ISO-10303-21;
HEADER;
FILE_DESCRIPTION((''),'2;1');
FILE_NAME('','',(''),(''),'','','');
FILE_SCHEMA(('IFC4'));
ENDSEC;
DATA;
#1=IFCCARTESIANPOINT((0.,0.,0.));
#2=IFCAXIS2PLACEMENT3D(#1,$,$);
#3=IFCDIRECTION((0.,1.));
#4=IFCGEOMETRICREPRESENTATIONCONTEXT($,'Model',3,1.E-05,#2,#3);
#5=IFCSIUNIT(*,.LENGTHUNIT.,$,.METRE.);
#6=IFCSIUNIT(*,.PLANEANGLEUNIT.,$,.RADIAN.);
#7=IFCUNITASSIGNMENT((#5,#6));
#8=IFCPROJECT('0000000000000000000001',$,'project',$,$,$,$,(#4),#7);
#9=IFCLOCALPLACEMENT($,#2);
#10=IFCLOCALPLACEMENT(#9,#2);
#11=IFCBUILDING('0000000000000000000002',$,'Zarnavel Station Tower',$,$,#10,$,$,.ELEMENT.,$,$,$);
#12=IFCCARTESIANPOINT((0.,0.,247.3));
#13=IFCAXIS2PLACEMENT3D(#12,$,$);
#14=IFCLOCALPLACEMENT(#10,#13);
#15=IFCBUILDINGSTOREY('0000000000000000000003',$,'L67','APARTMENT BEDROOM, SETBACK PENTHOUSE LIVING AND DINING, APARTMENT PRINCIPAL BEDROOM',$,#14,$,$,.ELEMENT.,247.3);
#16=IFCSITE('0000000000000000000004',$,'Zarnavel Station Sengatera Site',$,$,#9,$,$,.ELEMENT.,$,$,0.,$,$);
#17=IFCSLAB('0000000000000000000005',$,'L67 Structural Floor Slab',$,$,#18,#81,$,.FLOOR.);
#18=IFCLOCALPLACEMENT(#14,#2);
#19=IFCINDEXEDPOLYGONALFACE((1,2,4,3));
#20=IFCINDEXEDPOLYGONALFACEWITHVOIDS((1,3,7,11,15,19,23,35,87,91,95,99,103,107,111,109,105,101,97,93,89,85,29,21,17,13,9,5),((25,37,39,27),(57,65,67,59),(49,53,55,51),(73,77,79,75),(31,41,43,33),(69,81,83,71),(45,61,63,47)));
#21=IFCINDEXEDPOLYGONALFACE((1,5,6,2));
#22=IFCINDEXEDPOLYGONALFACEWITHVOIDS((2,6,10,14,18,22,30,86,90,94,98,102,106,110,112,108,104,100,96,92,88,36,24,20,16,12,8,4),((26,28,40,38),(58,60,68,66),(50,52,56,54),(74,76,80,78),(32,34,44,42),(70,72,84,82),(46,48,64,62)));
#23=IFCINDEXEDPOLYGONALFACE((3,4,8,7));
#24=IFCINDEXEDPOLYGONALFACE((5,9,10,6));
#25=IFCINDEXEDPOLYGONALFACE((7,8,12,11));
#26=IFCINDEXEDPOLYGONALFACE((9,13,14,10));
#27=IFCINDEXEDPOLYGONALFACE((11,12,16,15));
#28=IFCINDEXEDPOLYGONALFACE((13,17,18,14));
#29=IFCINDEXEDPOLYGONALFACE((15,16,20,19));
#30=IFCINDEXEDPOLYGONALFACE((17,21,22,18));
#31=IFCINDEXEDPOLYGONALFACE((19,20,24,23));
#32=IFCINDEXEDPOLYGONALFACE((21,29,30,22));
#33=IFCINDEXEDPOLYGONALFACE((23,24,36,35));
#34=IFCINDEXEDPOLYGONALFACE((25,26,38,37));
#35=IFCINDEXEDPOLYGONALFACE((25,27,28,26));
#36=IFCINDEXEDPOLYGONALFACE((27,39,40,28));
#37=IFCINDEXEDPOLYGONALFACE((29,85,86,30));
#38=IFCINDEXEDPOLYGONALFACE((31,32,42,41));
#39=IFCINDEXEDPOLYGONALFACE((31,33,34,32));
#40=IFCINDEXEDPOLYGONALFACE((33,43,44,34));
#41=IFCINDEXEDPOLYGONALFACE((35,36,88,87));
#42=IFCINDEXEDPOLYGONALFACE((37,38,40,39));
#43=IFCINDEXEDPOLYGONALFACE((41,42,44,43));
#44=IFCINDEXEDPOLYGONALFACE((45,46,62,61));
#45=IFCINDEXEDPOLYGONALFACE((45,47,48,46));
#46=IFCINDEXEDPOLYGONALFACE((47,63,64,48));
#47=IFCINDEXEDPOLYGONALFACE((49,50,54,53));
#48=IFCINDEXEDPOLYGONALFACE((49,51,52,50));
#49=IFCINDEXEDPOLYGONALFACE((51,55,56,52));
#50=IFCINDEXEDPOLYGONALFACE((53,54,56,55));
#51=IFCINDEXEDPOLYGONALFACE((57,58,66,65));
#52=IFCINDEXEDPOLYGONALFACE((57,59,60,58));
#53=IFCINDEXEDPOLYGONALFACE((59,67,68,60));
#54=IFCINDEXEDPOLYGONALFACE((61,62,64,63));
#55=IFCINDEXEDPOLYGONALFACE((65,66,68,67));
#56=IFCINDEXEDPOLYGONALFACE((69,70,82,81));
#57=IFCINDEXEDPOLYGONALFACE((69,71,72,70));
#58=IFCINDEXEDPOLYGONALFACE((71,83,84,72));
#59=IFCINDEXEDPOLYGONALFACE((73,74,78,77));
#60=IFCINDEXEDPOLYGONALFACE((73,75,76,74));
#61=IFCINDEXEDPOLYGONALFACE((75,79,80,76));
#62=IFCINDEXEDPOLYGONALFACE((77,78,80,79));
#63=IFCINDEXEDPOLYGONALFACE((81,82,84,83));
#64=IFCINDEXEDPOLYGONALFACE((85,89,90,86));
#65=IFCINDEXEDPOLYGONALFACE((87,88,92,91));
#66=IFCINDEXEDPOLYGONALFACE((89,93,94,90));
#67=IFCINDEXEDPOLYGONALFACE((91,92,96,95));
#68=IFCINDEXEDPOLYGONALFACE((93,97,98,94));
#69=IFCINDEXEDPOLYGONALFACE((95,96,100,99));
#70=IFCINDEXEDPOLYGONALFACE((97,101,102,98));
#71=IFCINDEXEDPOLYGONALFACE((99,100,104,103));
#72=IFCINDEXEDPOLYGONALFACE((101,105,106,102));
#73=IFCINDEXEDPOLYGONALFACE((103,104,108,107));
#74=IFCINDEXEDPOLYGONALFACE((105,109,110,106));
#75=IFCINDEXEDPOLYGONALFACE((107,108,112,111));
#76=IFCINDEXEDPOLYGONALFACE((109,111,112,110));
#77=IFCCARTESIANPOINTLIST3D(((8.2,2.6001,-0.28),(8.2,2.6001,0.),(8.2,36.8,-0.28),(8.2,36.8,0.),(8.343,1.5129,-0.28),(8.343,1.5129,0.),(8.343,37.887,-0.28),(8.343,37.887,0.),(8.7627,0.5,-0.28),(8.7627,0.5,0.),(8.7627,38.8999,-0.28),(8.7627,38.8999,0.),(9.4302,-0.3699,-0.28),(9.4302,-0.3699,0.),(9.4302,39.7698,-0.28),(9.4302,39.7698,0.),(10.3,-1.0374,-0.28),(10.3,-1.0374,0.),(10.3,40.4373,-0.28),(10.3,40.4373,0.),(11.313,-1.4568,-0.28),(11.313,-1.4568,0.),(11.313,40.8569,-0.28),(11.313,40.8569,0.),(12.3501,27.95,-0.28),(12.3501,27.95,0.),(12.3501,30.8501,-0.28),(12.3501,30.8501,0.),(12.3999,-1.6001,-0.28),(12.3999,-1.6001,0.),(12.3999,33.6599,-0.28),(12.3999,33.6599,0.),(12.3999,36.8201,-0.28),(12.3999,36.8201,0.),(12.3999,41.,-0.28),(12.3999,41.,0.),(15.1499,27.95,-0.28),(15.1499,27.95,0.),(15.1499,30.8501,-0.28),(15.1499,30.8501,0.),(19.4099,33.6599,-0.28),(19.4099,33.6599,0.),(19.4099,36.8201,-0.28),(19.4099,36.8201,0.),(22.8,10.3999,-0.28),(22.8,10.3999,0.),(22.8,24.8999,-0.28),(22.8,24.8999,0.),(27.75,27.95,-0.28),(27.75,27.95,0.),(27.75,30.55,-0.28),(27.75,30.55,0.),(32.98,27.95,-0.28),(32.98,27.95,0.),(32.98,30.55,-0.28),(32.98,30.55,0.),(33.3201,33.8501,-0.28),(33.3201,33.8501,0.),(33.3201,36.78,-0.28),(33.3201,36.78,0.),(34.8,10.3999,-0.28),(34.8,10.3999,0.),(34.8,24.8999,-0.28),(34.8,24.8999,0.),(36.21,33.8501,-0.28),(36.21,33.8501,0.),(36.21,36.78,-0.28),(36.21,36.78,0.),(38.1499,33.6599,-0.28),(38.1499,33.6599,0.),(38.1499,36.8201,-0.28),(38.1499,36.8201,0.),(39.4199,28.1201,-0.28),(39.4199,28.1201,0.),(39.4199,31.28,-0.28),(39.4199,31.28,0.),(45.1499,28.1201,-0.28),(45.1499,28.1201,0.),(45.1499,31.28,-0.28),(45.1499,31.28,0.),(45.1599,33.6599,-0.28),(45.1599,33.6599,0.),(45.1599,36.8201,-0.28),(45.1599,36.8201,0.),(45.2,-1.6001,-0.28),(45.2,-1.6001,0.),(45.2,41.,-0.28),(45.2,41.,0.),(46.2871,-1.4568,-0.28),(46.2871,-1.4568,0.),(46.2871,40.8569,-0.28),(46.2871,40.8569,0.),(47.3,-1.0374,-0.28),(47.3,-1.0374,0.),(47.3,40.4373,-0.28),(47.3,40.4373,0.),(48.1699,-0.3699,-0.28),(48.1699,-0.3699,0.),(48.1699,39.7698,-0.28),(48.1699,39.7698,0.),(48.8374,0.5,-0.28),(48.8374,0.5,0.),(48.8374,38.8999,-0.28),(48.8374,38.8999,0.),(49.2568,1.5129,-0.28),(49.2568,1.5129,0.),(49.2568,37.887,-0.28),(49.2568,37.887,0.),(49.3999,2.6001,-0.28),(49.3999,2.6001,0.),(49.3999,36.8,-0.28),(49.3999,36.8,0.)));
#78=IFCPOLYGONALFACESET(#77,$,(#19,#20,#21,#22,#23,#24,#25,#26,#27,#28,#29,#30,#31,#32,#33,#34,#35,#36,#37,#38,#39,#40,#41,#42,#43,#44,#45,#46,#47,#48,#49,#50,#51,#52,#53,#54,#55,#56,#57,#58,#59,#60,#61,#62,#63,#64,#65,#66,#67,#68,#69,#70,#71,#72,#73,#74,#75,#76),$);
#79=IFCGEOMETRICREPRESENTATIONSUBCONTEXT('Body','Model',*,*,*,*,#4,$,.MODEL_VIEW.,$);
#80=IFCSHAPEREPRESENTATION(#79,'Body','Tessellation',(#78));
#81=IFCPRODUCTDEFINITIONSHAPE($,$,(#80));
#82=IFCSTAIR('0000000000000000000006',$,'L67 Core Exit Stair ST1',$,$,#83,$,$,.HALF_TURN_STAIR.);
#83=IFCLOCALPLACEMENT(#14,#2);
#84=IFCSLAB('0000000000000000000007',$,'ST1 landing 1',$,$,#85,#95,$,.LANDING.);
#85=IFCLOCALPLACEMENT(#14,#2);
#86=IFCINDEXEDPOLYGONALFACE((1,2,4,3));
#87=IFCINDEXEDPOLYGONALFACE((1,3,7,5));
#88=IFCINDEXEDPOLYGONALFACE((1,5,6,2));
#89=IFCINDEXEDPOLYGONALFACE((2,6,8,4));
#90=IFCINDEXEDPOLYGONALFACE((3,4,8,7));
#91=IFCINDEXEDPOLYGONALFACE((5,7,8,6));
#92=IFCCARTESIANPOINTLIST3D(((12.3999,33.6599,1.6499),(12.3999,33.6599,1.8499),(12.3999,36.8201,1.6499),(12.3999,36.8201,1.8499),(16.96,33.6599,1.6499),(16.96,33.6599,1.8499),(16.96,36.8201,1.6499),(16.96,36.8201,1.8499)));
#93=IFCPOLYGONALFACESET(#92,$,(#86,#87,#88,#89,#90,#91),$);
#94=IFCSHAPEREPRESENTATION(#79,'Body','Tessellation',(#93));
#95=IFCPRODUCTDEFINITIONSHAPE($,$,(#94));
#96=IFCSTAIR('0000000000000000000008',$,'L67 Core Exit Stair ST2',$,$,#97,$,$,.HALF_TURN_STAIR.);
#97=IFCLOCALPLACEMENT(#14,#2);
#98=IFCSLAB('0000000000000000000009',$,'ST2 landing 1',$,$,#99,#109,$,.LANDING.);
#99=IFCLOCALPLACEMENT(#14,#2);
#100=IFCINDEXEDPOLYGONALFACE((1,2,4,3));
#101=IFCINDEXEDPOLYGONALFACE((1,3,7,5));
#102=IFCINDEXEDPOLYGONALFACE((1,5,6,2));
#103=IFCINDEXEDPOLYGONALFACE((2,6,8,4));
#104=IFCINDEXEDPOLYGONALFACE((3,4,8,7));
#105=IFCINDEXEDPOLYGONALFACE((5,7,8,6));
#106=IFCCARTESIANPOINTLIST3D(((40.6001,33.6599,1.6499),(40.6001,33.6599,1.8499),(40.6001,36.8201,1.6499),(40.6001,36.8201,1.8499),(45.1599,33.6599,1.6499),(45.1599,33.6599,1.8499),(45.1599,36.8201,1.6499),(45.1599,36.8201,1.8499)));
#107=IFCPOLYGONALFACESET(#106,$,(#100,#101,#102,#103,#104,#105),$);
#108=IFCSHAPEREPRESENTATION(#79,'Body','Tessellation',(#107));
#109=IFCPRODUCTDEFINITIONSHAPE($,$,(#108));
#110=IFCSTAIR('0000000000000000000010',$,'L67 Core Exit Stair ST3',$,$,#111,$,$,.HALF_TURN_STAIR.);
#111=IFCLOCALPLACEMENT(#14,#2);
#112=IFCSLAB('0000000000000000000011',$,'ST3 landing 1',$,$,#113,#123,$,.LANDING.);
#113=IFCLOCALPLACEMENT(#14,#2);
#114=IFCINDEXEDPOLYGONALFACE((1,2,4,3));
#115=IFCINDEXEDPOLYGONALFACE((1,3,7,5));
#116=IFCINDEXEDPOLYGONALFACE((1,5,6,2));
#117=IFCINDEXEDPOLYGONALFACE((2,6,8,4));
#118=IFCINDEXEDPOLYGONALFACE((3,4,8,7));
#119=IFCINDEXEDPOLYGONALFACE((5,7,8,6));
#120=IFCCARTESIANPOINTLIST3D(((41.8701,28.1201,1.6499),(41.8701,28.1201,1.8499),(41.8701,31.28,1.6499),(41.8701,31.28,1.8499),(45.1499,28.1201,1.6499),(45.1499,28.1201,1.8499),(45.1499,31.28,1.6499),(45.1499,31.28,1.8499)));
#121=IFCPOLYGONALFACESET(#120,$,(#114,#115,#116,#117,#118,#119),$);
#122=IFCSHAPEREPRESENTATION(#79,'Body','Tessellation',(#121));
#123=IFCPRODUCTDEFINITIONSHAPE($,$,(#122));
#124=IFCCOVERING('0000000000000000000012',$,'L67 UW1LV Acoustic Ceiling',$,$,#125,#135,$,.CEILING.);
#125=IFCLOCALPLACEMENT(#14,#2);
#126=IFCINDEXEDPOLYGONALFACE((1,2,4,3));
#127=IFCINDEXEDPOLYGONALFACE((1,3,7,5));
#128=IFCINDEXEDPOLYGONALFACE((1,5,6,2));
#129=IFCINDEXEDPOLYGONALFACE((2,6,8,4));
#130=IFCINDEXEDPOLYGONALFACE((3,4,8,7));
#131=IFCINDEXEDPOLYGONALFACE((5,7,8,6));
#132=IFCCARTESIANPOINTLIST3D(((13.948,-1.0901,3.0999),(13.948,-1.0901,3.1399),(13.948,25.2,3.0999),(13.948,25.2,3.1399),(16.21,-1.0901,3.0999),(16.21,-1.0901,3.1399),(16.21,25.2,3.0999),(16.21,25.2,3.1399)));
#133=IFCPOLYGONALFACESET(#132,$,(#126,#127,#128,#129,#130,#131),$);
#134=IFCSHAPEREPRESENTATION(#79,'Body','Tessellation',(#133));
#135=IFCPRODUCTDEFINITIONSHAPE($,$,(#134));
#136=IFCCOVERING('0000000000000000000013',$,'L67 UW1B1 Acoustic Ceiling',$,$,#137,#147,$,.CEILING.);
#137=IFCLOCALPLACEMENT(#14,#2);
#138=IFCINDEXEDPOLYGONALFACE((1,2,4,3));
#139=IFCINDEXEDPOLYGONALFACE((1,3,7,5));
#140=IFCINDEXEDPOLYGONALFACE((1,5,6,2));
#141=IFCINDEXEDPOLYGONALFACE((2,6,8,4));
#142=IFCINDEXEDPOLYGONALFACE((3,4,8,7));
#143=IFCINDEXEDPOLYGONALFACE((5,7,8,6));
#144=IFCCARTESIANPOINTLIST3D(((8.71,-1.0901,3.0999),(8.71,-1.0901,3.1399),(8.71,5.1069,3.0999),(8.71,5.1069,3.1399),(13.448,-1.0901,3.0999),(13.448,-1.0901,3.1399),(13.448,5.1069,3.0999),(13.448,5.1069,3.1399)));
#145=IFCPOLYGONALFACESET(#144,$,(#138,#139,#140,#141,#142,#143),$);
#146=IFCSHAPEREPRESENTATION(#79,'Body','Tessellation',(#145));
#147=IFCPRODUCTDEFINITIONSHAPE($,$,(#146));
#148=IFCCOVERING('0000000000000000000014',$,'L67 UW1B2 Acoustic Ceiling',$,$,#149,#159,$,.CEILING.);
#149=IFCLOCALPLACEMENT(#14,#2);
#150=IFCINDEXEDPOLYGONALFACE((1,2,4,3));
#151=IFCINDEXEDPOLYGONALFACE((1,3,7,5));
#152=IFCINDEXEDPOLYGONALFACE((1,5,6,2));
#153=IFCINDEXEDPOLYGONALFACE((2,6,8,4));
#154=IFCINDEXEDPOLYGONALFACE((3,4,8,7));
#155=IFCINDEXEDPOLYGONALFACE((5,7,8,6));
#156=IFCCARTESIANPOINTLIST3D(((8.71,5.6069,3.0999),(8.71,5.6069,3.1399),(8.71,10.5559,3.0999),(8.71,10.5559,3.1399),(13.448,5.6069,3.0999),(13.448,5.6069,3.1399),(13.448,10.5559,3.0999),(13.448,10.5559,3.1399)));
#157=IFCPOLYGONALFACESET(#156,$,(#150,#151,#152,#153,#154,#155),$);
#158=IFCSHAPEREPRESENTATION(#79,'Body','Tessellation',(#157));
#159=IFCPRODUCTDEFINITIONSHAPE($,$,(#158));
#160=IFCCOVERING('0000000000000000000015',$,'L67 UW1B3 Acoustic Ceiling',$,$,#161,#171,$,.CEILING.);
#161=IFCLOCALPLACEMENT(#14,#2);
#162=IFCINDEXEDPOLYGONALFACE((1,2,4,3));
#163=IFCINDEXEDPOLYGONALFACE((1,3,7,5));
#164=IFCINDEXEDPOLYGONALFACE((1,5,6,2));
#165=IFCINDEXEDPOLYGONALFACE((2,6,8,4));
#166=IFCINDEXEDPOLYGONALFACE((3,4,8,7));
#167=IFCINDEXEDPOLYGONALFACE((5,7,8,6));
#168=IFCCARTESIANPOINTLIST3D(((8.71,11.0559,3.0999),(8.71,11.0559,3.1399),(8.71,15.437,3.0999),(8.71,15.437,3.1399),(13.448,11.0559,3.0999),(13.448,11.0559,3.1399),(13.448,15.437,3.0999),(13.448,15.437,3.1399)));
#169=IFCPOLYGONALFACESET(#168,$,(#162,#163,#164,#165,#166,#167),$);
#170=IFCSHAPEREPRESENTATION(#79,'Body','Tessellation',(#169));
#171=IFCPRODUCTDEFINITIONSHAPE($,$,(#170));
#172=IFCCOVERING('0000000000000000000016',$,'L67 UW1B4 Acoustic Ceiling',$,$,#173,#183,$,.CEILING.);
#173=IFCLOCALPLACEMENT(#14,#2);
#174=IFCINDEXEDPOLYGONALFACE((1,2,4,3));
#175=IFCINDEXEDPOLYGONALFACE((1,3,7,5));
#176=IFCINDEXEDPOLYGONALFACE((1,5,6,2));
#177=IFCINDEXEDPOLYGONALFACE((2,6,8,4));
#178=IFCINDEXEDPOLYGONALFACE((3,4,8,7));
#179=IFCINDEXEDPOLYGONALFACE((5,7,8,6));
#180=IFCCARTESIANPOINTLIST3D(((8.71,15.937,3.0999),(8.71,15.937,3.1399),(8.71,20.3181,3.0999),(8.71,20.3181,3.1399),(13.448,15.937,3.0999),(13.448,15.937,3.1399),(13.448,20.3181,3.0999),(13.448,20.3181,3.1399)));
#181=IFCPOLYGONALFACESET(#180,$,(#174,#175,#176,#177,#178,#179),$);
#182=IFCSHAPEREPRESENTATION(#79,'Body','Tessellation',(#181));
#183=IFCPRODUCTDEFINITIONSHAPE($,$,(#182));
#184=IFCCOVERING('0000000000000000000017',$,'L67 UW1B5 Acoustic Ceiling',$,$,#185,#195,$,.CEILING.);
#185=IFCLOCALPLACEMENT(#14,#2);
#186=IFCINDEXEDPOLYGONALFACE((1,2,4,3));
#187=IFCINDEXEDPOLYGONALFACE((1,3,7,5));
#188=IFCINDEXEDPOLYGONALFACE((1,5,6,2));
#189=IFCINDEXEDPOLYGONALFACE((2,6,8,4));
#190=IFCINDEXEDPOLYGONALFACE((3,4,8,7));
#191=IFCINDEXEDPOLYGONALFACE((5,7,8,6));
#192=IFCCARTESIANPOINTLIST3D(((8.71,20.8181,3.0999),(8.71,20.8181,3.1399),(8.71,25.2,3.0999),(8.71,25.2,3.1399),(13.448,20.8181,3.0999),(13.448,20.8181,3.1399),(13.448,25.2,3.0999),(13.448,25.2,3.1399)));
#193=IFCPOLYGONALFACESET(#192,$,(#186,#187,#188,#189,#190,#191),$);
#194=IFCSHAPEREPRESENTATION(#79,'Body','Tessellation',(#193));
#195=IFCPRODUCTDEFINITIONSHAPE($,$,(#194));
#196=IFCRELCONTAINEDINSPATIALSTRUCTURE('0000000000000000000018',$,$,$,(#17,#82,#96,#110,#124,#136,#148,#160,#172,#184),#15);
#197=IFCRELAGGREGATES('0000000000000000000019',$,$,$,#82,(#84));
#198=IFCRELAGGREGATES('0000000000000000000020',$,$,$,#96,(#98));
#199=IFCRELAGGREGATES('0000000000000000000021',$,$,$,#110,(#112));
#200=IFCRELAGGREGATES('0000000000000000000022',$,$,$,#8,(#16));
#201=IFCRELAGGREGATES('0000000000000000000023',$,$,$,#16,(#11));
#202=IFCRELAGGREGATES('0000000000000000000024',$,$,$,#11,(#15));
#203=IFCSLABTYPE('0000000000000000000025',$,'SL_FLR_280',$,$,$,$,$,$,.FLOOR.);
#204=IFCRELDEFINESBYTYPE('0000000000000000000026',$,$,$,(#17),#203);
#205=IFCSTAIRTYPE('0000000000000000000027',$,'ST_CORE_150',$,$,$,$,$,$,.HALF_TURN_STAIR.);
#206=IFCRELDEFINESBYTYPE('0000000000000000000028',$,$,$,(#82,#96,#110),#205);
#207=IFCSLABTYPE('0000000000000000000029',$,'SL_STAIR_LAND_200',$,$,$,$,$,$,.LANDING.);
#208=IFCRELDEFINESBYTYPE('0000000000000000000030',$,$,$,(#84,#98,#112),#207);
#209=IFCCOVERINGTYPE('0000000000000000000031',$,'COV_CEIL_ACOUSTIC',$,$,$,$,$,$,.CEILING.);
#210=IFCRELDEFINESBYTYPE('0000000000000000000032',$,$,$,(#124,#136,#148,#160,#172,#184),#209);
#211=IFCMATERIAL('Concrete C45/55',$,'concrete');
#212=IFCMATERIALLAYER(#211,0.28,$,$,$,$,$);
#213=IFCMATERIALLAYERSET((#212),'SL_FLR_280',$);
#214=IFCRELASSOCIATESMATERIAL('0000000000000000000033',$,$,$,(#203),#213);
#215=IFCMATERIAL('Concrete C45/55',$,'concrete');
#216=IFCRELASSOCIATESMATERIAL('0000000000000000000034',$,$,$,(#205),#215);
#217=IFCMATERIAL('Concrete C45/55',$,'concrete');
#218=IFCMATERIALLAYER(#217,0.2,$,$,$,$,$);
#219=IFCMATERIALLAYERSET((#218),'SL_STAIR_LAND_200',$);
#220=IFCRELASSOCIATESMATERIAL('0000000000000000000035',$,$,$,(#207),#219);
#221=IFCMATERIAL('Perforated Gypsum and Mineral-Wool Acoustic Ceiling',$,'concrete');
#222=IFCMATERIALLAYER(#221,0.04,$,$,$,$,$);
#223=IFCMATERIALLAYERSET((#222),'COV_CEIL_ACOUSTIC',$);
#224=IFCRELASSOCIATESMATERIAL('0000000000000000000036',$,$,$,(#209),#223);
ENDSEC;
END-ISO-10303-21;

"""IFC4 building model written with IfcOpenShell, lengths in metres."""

from ifc_helpers import new_model, si_unit, direction, frame, origin, place, context, subcontext, project, spatial, polyline, outline, extrude, material, layer, layer_set, type_object, element, aggregate, save


model = new_model("IFC4")

# Units and contexts
model_context = context("Model", 3, precision=1e-05, world=origin(), true_north=direction((0.0, 1.0)))
body_context = subcontext(model_context, "Body", "Model", "MODEL_VIEW")
ifc_project = project(units=[si_unit("LENGTHUNIT", "METRE"), si_unit("PLANEANGLEUNIT", "RADIAN")], contexts=[model_context])

# Site, building, storey
site_placement = place(None, origin())
site = spatial("IfcSite", under=ifc_project, at=site_placement, Name="Zarnavel Station Sengatera Site", CompositionType="ELEMENT", RefElevation=0.0)
building_placement = place(site_placement, origin())
building = spatial("IfcBuilding", under=site, at=building_placement, Name="Zarnavel Station Tower", CompositionType="ELEMENT")
storey_placement = place(building_placement, frame((0.0, 0.0, 247.3)))
storey = spatial("IfcBuildingStorey", under=building, at=storey_placement, Name="L67", Description="APARTMENT BEDROOM, SETBACK PENTHOUSE LIVING AND DINING, APARTMENT PRINCIPAL BEDROOM", CompositionType="ELEMENT", Elevation=247.3)

# Slab
ifc_material_1 = material(Name="Concrete C45/55", Category="concrete")
ifc_layer_1 = layer(ifc_material_1, 0.28)
ifc_layer_set_1 = layer_set([ifc_layer_1], Name="SL_FLR_280")
slab_type_1 = type_object("IfcSlabType", Name="SL_FLR_280", PredefinedType="FLOOR", material=ifc_layer_set_1)
slab_1_placement = place(storey_placement, frame((0.0, 0.0, -0.28)))
element("IfcSlab", 1, at=slab_1_placement, inside=storey, type_object=slab_type_1, Name="L67 Structural Floor Slab", PredefinedType="FLOOR", context=body_context, shape_type="SweptSolid", body=[
    extrude(outline(polyline([(45.2, -1.6001), (46.2871, -1.4568), (47.3, -1.0374), (48.1699, -0.3699), (48.8374, 0.5), (49.2568, 1.5129), (49.3999, 2.6001), (49.3999, 36.8), (49.2568, 37.887), (48.8374, 38.8999), (48.1699, 39.7698), (47.3, 40.4373), (46.2871, 40.8569), (45.2, 41.0), (12.3999, 41.0), (11.313, 40.8569), (10.3, 40.4373), (9.4302, 39.7698), (8.7627, 38.8999), (8.343, 37.887), (8.2, 36.8), (8.2, 2.6001), (8.343, 1.5129), (8.7627, 0.5), (9.4302, -0.3699), (10.3, -1.0374), (11.313, -1.4568), (12.3999, -1.6001), (45.2, -1.6001)]), holes=[polyline([(12.3999, 33.6599), (19.4099, 33.6599), (19.4099, 36.8201), (12.3999, 36.8201), (12.3999, 33.6599)]), polyline([(38.1499, 33.6599), (45.1599, 33.6599), (45.1599, 36.8201), (38.1499, 36.8201), (38.1499, 33.6599)]), polyline([(39.4199, 28.1201), (45.1499, 28.1201), (45.1499, 31.28), (39.4199, 31.28), (39.4199, 28.1201)]), polyline([(12.3501, 27.95), (15.1499, 27.95), (15.1499, 30.8501), (12.3501, 30.8501), (12.3501, 27.95)]), polyline([(33.3201, 33.8501), (36.21, 33.8501), (36.21, 36.78), (33.3201, 36.78), (33.3201, 33.8501)]), polyline([(27.75, 27.95), (32.98, 27.95), (32.98, 30.55), (27.75, 30.55), (27.75, 27.95)]), polyline([(22.8, 10.3999), (34.8, 10.3999), (34.8, 24.8999), (22.8, 24.8999), (22.8, 10.3999)])]), origin(), (0.0, 0.0, 1.0), 0.28),
])

# Stairs, slabs
ifc_material_2 = material(Name="Concrete C45/55", Category="concrete")
stair_type = type_object("IfcStairType", Name="ST_CORE_150", PredefinedType="HALF_TURN_STAIR", material=ifc_material_2)
stair_1_placement = place(storey_placement, origin())
stair_1 = element("IfcStair", 2, at=stair_1_placement, inside=storey, type_object=stair_type, Name="L67 Core Exit Stair ST1", PredefinedType="HALF_TURN_STAIR")
ifc_material_3 = material(Name="Concrete C45/55", Category="concrete")
ifc_layer_2 = layer(ifc_material_3, 0.2)
ifc_layer_set_2 = layer_set([ifc_layer_2], Name="SL_STAIR_LAND_200")
slab_type_2 = type_object("IfcSlabType", Name="SL_STAIR_LAND_200", PredefinedType="LANDING", material=ifc_layer_set_2)
slab_2_placement = place(storey_placement, frame((0.0, 0.0, 1.6499)))
slab_2 = element("IfcSlab", 3, at=slab_2_placement, type_object=slab_type_2, Name="ST1 landing 1", PredefinedType="LANDING", context=body_context, shape_type="SweptSolid", body=[
    extrude(outline(polyline([(16.96, 36.8201), (12.3999, 36.8201), (12.3999, 33.6599), (16.96, 33.6599), (16.96, 36.8201)])), origin(), (0.0, 0.0, 1.0), 0.2),
])
aggregate(stair_1, [slab_2])
stair_2_placement = place(storey_placement, origin())
stair_2 = element("IfcStair", 4, at=stair_2_placement, inside=storey, type_object=stair_type, Name="L67 Core Exit Stair ST2", PredefinedType="HALF_TURN_STAIR")
slab_3_placement = place(storey_placement, frame((0.0, 0.0, 1.6499)))
slab_3 = element("IfcSlab", 5, at=slab_3_placement, type_object=slab_type_2, Name="ST2 landing 1", PredefinedType="LANDING", context=body_context, shape_type="SweptSolid", body=[
    extrude(outline(polyline([(40.6001, 33.6599), (45.1599, 33.6599), (45.1599, 36.8201), (40.6001, 36.8201), (40.6001, 33.6599)])), origin(), (0.0, 0.0, 1.0), 0.2),
])
aggregate(stair_2, [slab_3])
stair_3_placement = place(storey_placement, origin())
stair_3 = element("IfcStair", 6, at=stair_3_placement, inside=storey, type_object=stair_type, Name="L67 Core Exit Stair ST3", PredefinedType="HALF_TURN_STAIR")
slab_4_placement = place(storey_placement, frame((0.0, 0.0, 1.6499)))
slab_4 = element("IfcSlab", 7, at=slab_4_placement, type_object=slab_type_2, Name="ST3 landing 1", PredefinedType="LANDING", context=body_context, shape_type="SweptSolid", body=[
    extrude(outline(polyline([(41.8701, 28.1201), (45.1499, 28.1201), (45.1499, 31.28), (41.8701, 31.28), (41.8701, 28.1201)])), origin(), (0.0, 0.0, 1.0), 0.2),
])
aggregate(stair_3, [slab_4])

# Coverings
ifc_material_4 = material(Name="Perforated Gypsum and Mineral-Wool Acoustic Ceiling", Category="concrete")
ifc_layer_3 = layer(ifc_material_4, 0.04)
ifc_layer_set_3 = layer_set([ifc_layer_3], Name="COV_CEIL_ACOUSTIC")
covering_type_1 = type_object("IfcCoveringType", Name="COV_CEIL_ACOUSTIC", PredefinedType="CEILING", material=ifc_layer_set_3)
covering_1_placement = place(storey_placement, frame((0.0, 0.0, 3.0999)))
element("IfcCovering", 8, at=covering_1_placement, inside=storey, type_object=covering_type_1, Name="L67 UW1LV Acoustic Ceiling", PredefinedType="CEILING", context=body_context, shape_type="SweptSolid", body=[
    extrude(outline(polyline([(13.948, -1.0901), (16.21, -1.0901), (16.21, 25.2), (13.948, 25.2), (13.948, -1.0901)])), origin(), (0.0, 0.0, 1.0), 0.04),
])
covering_2_placement = place(storey_placement, frame((0.0, 0.0, 3.0999)))
element("IfcCovering", 9, at=covering_2_placement, inside=storey, type_object=covering_type_1, Name="L67 UW1B1 Acoustic Ceiling", PredefinedType="CEILING", context=body_context, shape_type="SweptSolid", body=[
    extrude(outline(polyline([(8.71, -1.0901), (13.448, -1.0901), (13.448, 5.1069), (8.71, 5.1069), (8.71, -1.0901)])), origin(), (0.0, 0.0, 1.0), 0.04),
])
covering_3_placement = place(storey_placement, frame((0.0, 0.0, 3.0999)))
element("IfcCovering", 10, at=covering_3_placement, inside=storey, type_object=covering_type_1, Name="L67 UW1B2 Acoustic Ceiling", PredefinedType="CEILING", context=body_context, shape_type="SweptSolid", body=[
    extrude(outline(polyline([(8.71, 5.6069), (13.448, 5.6069), (13.448, 10.5559), (8.71, 10.5559), (8.71, 5.6069)])), origin(), (0.0, 0.0, 1.0), 0.04),
])
covering_4_placement = place(storey_placement, frame((0.0, 0.0, 3.0999)))
element("IfcCovering", 11, at=covering_4_placement, inside=storey, type_object=covering_type_1, Name="L67 UW1B3 Acoustic Ceiling", PredefinedType="CEILING", context=body_context, shape_type="SweptSolid", body=[
    extrude(outline(polyline([(8.71, 11.0559), (13.448, 11.0559), (13.448, 15.437), (8.71, 15.437), (8.71, 11.0559)])), origin(), (0.0, 0.0, 1.0), 0.04),
])
covering_5_placement = place(storey_placement, frame((0.0, 0.0, 3.0999)))
element("IfcCovering", 12, at=covering_5_placement, inside=storey, type_object=covering_type_1, Name="L67 UW1B4 Acoustic Ceiling", PredefinedType="CEILING", context=body_context, shape_type="SweptSolid", body=[
    extrude(outline(polyline([(8.71, 15.937), (13.448, 15.937), (13.448, 20.3181), (8.71, 20.3181), (8.71, 15.937)])), origin(), (0.0, 0.0, 1.0), 0.04),
])
covering_6_placement = place(storey_placement, frame((0.0, 0.0, 3.0999)))
element("IfcCovering", 13, at=covering_6_placement, inside=storey, type_object=covering_type_1, Name="L67 UW1B5 Acoustic Ceiling", PredefinedType="CEILING", context=body_context, shape_type="SweptSolid", body=[
    extrude(outline(polyline([(8.71, 20.8181), (13.448, 20.8181), (13.448, 25.2), (8.71, 25.2), (8.71, 20.8181)])), origin(), (0.0, 0.0, 1.0), 0.04),
])

save(model, "model.ifc")
